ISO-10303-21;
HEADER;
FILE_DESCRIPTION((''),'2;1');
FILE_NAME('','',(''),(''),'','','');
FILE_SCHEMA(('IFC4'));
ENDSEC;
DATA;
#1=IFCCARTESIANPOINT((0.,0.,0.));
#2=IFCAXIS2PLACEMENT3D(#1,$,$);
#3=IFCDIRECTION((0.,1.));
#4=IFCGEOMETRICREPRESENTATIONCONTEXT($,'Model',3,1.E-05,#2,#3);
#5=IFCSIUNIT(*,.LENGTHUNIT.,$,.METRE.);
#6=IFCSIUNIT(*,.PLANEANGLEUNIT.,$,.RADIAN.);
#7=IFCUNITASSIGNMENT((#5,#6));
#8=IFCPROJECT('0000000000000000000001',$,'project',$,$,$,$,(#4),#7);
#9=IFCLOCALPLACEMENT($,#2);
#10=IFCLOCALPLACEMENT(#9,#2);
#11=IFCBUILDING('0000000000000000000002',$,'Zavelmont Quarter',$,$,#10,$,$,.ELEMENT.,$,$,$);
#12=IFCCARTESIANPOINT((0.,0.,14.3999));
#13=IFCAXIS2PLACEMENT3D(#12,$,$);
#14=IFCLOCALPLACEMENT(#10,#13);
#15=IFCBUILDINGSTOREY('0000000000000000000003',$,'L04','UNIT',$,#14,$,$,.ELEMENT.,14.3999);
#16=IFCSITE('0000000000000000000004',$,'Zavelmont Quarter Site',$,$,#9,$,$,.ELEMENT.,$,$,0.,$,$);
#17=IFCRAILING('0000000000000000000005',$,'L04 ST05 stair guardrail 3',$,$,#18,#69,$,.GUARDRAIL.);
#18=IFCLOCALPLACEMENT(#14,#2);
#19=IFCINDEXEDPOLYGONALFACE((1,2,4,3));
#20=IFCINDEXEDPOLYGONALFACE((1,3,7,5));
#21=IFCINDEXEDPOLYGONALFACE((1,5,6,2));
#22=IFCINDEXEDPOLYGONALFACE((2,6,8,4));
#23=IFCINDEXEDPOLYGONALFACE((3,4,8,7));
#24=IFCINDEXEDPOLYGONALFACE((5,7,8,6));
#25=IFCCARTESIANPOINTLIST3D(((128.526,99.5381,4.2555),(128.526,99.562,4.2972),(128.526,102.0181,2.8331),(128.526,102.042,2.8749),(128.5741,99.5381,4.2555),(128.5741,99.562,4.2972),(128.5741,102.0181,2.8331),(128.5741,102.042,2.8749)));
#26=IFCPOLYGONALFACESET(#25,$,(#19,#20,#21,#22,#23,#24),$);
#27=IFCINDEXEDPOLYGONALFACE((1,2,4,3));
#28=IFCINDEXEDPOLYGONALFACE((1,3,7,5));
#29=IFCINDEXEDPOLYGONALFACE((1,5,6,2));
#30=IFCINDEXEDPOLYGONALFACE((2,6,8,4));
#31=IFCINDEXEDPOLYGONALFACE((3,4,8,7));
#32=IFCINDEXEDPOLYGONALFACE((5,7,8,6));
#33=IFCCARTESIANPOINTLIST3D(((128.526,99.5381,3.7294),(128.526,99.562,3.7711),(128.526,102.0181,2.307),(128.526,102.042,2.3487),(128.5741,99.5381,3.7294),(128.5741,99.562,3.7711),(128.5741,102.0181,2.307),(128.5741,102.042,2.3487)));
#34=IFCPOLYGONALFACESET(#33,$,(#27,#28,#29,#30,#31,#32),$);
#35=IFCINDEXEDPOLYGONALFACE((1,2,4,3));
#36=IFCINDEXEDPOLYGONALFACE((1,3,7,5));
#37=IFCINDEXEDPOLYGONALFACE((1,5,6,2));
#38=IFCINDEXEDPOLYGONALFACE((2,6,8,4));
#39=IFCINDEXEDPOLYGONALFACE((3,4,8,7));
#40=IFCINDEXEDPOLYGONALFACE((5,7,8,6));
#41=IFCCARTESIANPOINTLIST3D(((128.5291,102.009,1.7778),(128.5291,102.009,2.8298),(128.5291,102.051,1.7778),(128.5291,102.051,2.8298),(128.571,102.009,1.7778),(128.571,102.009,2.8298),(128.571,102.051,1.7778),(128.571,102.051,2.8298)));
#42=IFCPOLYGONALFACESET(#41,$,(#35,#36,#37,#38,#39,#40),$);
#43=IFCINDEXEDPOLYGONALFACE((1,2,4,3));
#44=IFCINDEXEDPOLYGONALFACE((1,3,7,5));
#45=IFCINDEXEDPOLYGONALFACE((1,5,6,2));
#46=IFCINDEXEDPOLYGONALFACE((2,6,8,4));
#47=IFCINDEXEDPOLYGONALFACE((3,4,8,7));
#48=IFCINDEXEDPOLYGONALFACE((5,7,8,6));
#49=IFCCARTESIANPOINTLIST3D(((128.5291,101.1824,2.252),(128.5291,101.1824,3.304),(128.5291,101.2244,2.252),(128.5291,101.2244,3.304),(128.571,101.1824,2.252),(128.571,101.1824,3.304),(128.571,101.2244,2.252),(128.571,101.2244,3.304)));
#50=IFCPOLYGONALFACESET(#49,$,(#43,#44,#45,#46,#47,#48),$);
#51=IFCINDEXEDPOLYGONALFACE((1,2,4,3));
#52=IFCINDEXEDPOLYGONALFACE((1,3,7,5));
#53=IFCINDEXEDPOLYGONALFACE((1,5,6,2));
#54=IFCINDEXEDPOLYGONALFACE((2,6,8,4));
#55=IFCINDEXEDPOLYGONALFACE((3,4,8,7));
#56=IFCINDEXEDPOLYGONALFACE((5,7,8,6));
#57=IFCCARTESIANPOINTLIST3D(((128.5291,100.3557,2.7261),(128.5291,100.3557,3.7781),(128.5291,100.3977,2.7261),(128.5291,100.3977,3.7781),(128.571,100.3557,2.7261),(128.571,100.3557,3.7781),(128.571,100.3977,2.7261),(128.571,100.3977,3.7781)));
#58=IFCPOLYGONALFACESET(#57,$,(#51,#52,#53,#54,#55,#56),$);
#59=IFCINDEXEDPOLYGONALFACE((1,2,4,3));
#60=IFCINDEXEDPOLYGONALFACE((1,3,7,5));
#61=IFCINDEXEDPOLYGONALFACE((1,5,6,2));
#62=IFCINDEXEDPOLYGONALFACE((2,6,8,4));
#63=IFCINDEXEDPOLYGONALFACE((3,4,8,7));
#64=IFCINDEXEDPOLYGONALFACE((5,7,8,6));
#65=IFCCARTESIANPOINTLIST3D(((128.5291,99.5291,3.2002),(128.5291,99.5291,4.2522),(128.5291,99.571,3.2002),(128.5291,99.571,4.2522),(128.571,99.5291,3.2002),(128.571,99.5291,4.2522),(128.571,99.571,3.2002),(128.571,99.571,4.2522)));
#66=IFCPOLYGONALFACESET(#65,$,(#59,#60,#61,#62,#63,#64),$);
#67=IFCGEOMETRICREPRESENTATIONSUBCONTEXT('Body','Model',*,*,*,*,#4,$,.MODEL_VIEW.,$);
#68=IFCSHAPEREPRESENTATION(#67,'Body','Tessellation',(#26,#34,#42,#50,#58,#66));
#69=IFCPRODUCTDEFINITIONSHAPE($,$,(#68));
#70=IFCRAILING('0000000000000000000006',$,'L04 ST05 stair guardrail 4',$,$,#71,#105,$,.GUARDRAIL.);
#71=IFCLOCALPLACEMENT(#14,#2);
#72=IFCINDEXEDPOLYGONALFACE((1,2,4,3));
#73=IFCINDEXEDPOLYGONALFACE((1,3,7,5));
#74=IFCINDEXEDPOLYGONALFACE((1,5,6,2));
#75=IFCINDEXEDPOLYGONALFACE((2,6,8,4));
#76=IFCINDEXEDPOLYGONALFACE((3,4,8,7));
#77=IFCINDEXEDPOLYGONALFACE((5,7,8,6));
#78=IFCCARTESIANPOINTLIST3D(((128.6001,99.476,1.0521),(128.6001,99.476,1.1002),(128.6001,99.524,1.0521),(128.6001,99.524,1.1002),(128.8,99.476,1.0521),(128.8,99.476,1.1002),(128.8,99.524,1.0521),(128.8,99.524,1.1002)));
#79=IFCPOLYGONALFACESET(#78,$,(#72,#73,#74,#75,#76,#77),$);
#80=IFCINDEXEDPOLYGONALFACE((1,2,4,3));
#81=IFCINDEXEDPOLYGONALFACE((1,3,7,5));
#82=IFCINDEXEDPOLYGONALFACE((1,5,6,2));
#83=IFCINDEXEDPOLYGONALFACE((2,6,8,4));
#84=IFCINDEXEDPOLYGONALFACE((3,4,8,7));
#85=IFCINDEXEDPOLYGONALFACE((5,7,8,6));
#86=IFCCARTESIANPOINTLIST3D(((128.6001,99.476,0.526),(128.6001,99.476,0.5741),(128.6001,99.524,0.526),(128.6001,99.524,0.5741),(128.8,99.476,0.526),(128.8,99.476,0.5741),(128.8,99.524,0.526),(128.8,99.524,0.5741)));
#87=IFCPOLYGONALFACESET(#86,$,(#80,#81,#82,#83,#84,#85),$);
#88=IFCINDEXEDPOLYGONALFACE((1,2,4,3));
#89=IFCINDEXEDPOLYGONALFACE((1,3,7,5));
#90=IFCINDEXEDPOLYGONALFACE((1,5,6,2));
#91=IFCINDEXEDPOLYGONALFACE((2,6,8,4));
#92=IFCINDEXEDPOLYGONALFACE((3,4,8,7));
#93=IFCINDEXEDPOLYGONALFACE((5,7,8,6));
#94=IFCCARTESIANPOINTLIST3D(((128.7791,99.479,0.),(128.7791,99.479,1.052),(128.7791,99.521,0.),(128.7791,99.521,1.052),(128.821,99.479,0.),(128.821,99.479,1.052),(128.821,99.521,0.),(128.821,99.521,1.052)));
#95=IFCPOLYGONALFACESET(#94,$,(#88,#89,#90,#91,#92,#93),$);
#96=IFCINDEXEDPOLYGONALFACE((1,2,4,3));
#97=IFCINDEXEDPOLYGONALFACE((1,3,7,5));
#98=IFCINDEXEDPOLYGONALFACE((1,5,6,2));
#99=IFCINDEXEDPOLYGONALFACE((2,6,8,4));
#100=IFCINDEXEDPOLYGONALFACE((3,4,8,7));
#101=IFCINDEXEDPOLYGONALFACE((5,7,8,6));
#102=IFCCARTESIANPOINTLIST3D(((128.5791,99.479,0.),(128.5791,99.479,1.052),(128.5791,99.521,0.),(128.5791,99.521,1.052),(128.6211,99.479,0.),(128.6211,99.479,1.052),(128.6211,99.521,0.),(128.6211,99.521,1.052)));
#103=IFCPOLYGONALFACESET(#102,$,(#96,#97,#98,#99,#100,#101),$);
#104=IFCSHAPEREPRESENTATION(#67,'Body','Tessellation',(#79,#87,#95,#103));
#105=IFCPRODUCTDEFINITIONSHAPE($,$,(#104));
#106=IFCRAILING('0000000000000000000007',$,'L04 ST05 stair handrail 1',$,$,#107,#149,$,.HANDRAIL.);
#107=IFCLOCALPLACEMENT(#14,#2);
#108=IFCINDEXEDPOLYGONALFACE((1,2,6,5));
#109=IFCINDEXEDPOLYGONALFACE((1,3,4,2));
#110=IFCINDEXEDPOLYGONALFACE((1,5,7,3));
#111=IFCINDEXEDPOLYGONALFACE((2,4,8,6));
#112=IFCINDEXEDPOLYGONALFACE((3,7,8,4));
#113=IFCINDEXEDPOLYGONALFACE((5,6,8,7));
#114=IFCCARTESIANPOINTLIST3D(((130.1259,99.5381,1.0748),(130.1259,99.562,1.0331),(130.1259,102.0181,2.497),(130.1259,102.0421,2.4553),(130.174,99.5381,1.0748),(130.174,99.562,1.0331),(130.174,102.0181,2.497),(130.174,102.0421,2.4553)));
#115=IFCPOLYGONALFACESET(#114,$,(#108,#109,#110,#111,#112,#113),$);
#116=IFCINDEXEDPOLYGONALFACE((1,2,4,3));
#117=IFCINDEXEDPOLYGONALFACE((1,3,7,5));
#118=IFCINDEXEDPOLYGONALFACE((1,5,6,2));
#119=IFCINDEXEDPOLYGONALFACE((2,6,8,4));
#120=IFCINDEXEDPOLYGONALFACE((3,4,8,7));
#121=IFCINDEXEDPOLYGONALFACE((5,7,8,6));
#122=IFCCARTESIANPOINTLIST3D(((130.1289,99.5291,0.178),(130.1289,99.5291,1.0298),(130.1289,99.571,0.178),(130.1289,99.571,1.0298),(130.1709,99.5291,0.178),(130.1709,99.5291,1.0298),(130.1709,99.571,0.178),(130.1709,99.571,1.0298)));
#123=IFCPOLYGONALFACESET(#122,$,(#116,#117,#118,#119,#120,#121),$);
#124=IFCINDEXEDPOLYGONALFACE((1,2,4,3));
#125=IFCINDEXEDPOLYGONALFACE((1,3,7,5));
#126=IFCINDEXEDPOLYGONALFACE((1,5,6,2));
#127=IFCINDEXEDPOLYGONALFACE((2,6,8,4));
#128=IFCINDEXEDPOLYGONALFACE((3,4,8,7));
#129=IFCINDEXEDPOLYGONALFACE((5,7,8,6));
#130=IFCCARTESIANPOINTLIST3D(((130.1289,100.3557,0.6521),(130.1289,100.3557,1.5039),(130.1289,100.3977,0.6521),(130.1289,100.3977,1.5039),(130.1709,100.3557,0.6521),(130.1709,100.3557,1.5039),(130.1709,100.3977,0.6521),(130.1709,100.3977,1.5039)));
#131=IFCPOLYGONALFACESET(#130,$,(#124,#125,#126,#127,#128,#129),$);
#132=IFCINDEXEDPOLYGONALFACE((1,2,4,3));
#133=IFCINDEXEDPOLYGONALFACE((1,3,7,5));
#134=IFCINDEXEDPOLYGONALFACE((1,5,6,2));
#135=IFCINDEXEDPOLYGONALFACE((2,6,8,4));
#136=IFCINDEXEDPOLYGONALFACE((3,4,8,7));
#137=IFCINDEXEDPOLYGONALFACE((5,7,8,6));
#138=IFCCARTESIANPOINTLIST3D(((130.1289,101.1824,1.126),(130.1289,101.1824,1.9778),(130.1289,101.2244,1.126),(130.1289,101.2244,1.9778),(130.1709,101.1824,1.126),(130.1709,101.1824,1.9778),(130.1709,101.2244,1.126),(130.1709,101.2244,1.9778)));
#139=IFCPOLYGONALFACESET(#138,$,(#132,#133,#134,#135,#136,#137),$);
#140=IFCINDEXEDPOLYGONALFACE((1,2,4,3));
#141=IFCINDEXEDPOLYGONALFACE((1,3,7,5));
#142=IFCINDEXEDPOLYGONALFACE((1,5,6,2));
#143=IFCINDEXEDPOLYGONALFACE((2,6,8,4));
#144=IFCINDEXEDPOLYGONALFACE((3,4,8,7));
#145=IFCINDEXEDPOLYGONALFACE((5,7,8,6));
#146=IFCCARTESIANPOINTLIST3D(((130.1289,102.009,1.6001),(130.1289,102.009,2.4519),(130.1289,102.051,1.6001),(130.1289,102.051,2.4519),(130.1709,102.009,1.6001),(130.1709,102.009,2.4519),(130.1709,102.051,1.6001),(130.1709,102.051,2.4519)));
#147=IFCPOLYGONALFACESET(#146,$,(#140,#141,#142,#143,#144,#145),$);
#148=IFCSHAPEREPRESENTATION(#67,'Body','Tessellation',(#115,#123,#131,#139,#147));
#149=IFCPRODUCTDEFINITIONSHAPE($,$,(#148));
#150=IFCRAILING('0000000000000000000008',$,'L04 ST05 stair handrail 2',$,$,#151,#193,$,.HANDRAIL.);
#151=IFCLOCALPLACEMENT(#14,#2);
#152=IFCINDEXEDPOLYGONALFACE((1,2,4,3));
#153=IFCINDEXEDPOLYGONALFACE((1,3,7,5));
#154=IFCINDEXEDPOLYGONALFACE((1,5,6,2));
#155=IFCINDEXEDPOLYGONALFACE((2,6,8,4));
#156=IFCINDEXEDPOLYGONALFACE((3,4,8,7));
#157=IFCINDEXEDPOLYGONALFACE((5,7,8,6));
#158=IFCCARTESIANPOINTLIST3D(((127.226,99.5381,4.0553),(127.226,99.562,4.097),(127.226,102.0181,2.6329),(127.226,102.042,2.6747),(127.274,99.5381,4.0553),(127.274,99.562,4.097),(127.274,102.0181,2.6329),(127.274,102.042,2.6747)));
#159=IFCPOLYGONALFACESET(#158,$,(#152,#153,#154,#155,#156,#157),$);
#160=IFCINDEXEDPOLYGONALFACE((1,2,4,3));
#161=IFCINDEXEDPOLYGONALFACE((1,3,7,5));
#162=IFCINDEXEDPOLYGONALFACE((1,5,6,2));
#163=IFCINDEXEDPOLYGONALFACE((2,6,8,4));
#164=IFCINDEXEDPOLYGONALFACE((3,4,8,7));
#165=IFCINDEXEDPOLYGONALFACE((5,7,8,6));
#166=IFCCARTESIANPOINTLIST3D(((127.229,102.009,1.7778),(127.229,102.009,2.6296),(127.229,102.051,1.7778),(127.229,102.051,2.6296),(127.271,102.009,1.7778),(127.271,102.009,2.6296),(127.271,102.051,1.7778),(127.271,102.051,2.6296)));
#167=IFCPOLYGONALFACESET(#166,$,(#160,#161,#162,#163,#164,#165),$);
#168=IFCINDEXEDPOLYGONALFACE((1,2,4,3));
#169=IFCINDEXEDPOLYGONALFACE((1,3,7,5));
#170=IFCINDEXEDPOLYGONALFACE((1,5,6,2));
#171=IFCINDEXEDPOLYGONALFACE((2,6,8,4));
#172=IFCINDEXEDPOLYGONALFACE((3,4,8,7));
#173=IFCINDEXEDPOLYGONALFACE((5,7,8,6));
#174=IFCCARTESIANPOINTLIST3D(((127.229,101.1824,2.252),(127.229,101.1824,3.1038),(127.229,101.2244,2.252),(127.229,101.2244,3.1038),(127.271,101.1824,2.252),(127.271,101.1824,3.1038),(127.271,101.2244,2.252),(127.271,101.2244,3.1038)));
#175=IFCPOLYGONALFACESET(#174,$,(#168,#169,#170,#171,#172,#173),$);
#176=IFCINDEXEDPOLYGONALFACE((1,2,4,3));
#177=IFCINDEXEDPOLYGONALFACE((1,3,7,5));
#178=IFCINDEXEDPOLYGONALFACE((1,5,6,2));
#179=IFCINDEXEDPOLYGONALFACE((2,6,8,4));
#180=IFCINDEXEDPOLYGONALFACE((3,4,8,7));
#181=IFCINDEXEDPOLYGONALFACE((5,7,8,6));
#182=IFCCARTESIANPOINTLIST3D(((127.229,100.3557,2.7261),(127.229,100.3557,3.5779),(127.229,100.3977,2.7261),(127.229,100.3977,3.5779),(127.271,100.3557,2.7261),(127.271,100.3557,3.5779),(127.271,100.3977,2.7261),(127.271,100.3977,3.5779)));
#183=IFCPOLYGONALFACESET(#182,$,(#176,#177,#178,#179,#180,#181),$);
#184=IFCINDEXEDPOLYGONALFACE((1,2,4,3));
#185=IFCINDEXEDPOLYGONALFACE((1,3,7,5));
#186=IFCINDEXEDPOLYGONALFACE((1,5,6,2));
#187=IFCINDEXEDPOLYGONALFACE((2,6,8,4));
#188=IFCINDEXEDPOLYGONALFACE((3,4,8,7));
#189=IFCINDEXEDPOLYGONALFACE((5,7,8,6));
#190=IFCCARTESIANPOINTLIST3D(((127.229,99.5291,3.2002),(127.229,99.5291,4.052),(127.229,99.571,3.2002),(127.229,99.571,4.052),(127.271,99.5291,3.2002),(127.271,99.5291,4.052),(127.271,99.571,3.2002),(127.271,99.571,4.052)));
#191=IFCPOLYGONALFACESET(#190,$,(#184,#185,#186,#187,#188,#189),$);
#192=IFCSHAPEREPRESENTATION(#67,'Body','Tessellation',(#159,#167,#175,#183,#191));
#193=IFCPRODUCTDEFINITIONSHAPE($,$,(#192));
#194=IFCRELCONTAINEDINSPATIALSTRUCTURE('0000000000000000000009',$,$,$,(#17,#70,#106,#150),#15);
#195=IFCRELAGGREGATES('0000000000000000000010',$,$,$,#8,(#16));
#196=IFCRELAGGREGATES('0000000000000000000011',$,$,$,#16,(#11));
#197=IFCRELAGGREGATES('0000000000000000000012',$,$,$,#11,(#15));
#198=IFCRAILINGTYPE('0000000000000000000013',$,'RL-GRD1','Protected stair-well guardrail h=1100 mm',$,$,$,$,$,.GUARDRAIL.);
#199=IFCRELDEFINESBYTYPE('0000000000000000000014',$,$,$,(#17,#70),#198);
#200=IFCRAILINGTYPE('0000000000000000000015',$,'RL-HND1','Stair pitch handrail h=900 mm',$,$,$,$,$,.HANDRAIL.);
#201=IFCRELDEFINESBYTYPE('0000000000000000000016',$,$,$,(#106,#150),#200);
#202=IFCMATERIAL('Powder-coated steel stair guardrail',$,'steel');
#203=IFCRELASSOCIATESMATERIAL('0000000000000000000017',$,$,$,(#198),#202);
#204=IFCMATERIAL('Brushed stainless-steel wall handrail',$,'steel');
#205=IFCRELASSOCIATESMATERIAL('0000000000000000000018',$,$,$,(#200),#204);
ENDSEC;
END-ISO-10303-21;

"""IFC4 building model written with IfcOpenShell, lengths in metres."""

from ifc_helpers import new_model, si_unit, direction, frame, origin, origin_2d, place, context, subcontext, project, spatial, rectangle, extrude, material, type_object, element, save


model = new_model("IFC4")

# Units and contexts
model_context = context("Model", 3, precision=1e-05, world=origin(), true_north=direction((0.0, 1.0)))
body_context = subcontext(model_context, "Body", "Model", "MODEL_VIEW")
ifc_project = project(units=[si_unit("LENGTHUNIT", "METRE"), si_unit("PLANEANGLEUNIT", "RADIAN")], contexts=[model_context])

# Site, building, storey
site_placement = place(None, origin())
site = spatial("IfcSite", under=ifc_project, at=site_placement, Name="Zavelmont Quarter Site", CompositionType="ELEMENT", RefElevation=0.0)
building_placement = place(site_placement, origin())
building = spatial("IfcBuilding", under=site, at=building_placement, Name="Zavelmont Quarter", CompositionType="ELEMENT")
storey_placement = place(building_placement, frame((0.0, 0.0, 14.3999)))
storey = spatial("IfcBuildingStorey", under=building, at=storey_placement, Name="L04", Description="UNIT", CompositionType="ELEMENT", Elevation=14.3999)

# Railings
ifc_material_1 = material(Name="Powder-coated steel stair guardrail", Category="steel")
railing_type_1 = type_object("IfcRailingType", Name="RL-GRD1", Description="Protected stair-well guardrail h=1100 mm", PredefinedType="GUARDRAIL", material=ifc_material_1)
railing_1_placement = place(storey_placement, frame((128.55, 102.03, 1.7778)))
element("IfcRailing", 1, at=railing_1_placement, inside=storey, type_object=railing_type_1, Name="L04 ST05 stair guardrail 3", PredefinedType="GUARDRAIL", context=body_context, shape_type="SweptSolid", body=[
    extrude(rectangle(XDim=0.0481, YDim=0.0481, at=origin_2d()), frame((0.0, 0.0, 1.0762), z_axis=(0.0, -0.867454, 0.497518), x_axis=(1.0, 0.0, 0.0)), (0.0, 0.0, 1.0), 2.8589),
    extrude(rectangle(XDim=0.0481, YDim=0.0481, at=origin_2d()), frame((0.0, 0.0, 0.55), z_axis=(0.0, -0.867454, 0.497518), x_axis=(1.0, 0.0, 0.0)), (0.0, 0.0, 1.0), 2.8589),
    extrude(rectangle(XDim=0.042, YDim=0.042, at=origin_2d()), origin(), (0.0, 0.0, 1.0), 1.052),
    extrude(rectangle(XDim=0.042, YDim=0.042, at=origin_2d()), frame((0.0, -0.8267, 0.4741)), (0.0, 0.0, 1.0), 1.052),
    extrude(rectangle(XDim=0.042, YDim=0.042, at=origin_2d()), frame((0.0, -1.6533, 0.9482)), (0.0, 0.0, 1.0), 1.052),
    extrude(rectangle(XDim=0.042, YDim=0.042, at=origin_2d()), frame((0.0, -2.48, 1.4224)), (0.0, 0.0, 1.0), 1.052),
])
railing_2_placement = place(storey_placement, frame((128.8, 99.5, 0.0)))
element("IfcRailing", 2, at=railing_2_placement, inside=storey, type_object=railing_type_1, Name="L04 ST05 stair guardrail 4", PredefinedType="GUARDRAIL", context=body_context, shape_type="SweptSolid", body=[
    extrude(rectangle(XDim=0.0481, YDim=0.0481, at=origin_2d()), frame((0.0, 0.0, 1.0762), z_axis=(-1.0, 0.0, 0.0), x_axis=(0.0, -1.0, 0.0)), (0.0, 0.0, 1.0), 0.2),
    extrude(rectangle(XDim=0.0481, YDim=0.0481, at=origin_2d()), frame((0.0, 0.0, 0.55), z_axis=(-1.0, 0.0, 0.0), x_axis=(0.0, -1.0, 0.0)), (0.0, 0.0, 1.0), 0.2),
    extrude(rectangle(XDim=0.042, YDim=0.042, at=origin_2d()), origin(), (0.0, 0.0, 1.0), 1.052),
    extrude(rectangle(XDim=0.042, YDim=0.042, at=origin_2d()), frame((-0.2, 0.0, 0.0)), (0.0, 0.0, 1.0), 1.052),
])
ifc_material_2 = material(Name="Brushed stainless-steel wall handrail", Category="steel")
railing_type_2 = type_object("IfcRailingType", Name="RL-HND1", Description="Stair pitch handrail h=900 mm", PredefinedType="HANDRAIL", material=ifc_material_2)
railing_3_placement = place(storey_placement, frame((130.1499, 99.55, 0.178)))
element("IfcRailing", 3, at=railing_3_placement, inside=storey, type_object=railing_type_2, Name="L04 ST05 stair handrail 1", PredefinedType="HANDRAIL", context=body_context, shape_type="SweptSolid", body=[
    extrude(rectangle(XDim=0.0481, YDim=0.0481, at=origin_2d()), frame((0.0, 0.0, 0.876), z_axis=(0.0, 0.867491, 0.497454), x_axis=(-1.0, 0.0, 0.0)), (0.0, 0.0, 1.0), 2.8589),
    extrude(rectangle(XDim=0.042, YDim=0.042, at=origin_2d()), origin(), (0.0, 0.0, 1.0), 0.8518),
    extrude(rectangle(XDim=0.042, YDim=0.042, at=origin_2d()), frame((0.0, 0.8267, 0.4741)), (0.0, 0.0, 1.0), 0.8518),
    extrude(rectangle(XDim=0.042, YDim=0.042, at=origin_2d()), frame((0.0, 1.6533, 0.948)), (0.0, 0.0, 1.0), 0.8518),
    extrude(rectangle(XDim=0.042, YDim=0.042, at=origin_2d()), frame((0.0, 2.48, 1.4221)), (0.0, 0.0, 1.0), 0.8518),
])
railing_4_placement = place(storey_placement, frame((127.25, 102.03, 1.7778)))
element("IfcRailing", 4, at=railing_4_placement, inside=storey, type_object=railing_type_2, Name="L04 ST05 stair handrail 2", PredefinedType="HANDRAIL", context=body_context, shape_type="SweptSolid", body=[
    extrude(rectangle(XDim=0.0481, YDim=0.0481, at=origin_2d()), frame((0.0, 0.0, 0.876), z_axis=(0.0, -0.867454, 0.497518), x_axis=(1.0, 0.0, 0.0)), (0.0, 0.0, 1.0), 2.8589),
    extrude(rectangle(XDim=0.042, YDim=0.042, at=origin_2d()), origin(), (0.0, 0.0, 1.0), 0.8518),
    extrude(rectangle(XDim=0.042, YDim=0.042, at=origin_2d()), frame((0.0, -0.8267, 0.4741)), (0.0, 0.0, 1.0), 0.8518),
    extrude(rectangle(XDim=0.042, YDim=0.042, at=origin_2d()), frame((0.0, -1.6533, 0.9482)), (0.0, 0.0, 1.0), 0.8518),
    extrude(rectangle(XDim=0.042, YDim=0.042, at=origin_2d()), frame((0.0, -2.48, 1.4224)), (0.0, 0.0, 1.0), 0.8518),
])

save(model, "model.ifc")
